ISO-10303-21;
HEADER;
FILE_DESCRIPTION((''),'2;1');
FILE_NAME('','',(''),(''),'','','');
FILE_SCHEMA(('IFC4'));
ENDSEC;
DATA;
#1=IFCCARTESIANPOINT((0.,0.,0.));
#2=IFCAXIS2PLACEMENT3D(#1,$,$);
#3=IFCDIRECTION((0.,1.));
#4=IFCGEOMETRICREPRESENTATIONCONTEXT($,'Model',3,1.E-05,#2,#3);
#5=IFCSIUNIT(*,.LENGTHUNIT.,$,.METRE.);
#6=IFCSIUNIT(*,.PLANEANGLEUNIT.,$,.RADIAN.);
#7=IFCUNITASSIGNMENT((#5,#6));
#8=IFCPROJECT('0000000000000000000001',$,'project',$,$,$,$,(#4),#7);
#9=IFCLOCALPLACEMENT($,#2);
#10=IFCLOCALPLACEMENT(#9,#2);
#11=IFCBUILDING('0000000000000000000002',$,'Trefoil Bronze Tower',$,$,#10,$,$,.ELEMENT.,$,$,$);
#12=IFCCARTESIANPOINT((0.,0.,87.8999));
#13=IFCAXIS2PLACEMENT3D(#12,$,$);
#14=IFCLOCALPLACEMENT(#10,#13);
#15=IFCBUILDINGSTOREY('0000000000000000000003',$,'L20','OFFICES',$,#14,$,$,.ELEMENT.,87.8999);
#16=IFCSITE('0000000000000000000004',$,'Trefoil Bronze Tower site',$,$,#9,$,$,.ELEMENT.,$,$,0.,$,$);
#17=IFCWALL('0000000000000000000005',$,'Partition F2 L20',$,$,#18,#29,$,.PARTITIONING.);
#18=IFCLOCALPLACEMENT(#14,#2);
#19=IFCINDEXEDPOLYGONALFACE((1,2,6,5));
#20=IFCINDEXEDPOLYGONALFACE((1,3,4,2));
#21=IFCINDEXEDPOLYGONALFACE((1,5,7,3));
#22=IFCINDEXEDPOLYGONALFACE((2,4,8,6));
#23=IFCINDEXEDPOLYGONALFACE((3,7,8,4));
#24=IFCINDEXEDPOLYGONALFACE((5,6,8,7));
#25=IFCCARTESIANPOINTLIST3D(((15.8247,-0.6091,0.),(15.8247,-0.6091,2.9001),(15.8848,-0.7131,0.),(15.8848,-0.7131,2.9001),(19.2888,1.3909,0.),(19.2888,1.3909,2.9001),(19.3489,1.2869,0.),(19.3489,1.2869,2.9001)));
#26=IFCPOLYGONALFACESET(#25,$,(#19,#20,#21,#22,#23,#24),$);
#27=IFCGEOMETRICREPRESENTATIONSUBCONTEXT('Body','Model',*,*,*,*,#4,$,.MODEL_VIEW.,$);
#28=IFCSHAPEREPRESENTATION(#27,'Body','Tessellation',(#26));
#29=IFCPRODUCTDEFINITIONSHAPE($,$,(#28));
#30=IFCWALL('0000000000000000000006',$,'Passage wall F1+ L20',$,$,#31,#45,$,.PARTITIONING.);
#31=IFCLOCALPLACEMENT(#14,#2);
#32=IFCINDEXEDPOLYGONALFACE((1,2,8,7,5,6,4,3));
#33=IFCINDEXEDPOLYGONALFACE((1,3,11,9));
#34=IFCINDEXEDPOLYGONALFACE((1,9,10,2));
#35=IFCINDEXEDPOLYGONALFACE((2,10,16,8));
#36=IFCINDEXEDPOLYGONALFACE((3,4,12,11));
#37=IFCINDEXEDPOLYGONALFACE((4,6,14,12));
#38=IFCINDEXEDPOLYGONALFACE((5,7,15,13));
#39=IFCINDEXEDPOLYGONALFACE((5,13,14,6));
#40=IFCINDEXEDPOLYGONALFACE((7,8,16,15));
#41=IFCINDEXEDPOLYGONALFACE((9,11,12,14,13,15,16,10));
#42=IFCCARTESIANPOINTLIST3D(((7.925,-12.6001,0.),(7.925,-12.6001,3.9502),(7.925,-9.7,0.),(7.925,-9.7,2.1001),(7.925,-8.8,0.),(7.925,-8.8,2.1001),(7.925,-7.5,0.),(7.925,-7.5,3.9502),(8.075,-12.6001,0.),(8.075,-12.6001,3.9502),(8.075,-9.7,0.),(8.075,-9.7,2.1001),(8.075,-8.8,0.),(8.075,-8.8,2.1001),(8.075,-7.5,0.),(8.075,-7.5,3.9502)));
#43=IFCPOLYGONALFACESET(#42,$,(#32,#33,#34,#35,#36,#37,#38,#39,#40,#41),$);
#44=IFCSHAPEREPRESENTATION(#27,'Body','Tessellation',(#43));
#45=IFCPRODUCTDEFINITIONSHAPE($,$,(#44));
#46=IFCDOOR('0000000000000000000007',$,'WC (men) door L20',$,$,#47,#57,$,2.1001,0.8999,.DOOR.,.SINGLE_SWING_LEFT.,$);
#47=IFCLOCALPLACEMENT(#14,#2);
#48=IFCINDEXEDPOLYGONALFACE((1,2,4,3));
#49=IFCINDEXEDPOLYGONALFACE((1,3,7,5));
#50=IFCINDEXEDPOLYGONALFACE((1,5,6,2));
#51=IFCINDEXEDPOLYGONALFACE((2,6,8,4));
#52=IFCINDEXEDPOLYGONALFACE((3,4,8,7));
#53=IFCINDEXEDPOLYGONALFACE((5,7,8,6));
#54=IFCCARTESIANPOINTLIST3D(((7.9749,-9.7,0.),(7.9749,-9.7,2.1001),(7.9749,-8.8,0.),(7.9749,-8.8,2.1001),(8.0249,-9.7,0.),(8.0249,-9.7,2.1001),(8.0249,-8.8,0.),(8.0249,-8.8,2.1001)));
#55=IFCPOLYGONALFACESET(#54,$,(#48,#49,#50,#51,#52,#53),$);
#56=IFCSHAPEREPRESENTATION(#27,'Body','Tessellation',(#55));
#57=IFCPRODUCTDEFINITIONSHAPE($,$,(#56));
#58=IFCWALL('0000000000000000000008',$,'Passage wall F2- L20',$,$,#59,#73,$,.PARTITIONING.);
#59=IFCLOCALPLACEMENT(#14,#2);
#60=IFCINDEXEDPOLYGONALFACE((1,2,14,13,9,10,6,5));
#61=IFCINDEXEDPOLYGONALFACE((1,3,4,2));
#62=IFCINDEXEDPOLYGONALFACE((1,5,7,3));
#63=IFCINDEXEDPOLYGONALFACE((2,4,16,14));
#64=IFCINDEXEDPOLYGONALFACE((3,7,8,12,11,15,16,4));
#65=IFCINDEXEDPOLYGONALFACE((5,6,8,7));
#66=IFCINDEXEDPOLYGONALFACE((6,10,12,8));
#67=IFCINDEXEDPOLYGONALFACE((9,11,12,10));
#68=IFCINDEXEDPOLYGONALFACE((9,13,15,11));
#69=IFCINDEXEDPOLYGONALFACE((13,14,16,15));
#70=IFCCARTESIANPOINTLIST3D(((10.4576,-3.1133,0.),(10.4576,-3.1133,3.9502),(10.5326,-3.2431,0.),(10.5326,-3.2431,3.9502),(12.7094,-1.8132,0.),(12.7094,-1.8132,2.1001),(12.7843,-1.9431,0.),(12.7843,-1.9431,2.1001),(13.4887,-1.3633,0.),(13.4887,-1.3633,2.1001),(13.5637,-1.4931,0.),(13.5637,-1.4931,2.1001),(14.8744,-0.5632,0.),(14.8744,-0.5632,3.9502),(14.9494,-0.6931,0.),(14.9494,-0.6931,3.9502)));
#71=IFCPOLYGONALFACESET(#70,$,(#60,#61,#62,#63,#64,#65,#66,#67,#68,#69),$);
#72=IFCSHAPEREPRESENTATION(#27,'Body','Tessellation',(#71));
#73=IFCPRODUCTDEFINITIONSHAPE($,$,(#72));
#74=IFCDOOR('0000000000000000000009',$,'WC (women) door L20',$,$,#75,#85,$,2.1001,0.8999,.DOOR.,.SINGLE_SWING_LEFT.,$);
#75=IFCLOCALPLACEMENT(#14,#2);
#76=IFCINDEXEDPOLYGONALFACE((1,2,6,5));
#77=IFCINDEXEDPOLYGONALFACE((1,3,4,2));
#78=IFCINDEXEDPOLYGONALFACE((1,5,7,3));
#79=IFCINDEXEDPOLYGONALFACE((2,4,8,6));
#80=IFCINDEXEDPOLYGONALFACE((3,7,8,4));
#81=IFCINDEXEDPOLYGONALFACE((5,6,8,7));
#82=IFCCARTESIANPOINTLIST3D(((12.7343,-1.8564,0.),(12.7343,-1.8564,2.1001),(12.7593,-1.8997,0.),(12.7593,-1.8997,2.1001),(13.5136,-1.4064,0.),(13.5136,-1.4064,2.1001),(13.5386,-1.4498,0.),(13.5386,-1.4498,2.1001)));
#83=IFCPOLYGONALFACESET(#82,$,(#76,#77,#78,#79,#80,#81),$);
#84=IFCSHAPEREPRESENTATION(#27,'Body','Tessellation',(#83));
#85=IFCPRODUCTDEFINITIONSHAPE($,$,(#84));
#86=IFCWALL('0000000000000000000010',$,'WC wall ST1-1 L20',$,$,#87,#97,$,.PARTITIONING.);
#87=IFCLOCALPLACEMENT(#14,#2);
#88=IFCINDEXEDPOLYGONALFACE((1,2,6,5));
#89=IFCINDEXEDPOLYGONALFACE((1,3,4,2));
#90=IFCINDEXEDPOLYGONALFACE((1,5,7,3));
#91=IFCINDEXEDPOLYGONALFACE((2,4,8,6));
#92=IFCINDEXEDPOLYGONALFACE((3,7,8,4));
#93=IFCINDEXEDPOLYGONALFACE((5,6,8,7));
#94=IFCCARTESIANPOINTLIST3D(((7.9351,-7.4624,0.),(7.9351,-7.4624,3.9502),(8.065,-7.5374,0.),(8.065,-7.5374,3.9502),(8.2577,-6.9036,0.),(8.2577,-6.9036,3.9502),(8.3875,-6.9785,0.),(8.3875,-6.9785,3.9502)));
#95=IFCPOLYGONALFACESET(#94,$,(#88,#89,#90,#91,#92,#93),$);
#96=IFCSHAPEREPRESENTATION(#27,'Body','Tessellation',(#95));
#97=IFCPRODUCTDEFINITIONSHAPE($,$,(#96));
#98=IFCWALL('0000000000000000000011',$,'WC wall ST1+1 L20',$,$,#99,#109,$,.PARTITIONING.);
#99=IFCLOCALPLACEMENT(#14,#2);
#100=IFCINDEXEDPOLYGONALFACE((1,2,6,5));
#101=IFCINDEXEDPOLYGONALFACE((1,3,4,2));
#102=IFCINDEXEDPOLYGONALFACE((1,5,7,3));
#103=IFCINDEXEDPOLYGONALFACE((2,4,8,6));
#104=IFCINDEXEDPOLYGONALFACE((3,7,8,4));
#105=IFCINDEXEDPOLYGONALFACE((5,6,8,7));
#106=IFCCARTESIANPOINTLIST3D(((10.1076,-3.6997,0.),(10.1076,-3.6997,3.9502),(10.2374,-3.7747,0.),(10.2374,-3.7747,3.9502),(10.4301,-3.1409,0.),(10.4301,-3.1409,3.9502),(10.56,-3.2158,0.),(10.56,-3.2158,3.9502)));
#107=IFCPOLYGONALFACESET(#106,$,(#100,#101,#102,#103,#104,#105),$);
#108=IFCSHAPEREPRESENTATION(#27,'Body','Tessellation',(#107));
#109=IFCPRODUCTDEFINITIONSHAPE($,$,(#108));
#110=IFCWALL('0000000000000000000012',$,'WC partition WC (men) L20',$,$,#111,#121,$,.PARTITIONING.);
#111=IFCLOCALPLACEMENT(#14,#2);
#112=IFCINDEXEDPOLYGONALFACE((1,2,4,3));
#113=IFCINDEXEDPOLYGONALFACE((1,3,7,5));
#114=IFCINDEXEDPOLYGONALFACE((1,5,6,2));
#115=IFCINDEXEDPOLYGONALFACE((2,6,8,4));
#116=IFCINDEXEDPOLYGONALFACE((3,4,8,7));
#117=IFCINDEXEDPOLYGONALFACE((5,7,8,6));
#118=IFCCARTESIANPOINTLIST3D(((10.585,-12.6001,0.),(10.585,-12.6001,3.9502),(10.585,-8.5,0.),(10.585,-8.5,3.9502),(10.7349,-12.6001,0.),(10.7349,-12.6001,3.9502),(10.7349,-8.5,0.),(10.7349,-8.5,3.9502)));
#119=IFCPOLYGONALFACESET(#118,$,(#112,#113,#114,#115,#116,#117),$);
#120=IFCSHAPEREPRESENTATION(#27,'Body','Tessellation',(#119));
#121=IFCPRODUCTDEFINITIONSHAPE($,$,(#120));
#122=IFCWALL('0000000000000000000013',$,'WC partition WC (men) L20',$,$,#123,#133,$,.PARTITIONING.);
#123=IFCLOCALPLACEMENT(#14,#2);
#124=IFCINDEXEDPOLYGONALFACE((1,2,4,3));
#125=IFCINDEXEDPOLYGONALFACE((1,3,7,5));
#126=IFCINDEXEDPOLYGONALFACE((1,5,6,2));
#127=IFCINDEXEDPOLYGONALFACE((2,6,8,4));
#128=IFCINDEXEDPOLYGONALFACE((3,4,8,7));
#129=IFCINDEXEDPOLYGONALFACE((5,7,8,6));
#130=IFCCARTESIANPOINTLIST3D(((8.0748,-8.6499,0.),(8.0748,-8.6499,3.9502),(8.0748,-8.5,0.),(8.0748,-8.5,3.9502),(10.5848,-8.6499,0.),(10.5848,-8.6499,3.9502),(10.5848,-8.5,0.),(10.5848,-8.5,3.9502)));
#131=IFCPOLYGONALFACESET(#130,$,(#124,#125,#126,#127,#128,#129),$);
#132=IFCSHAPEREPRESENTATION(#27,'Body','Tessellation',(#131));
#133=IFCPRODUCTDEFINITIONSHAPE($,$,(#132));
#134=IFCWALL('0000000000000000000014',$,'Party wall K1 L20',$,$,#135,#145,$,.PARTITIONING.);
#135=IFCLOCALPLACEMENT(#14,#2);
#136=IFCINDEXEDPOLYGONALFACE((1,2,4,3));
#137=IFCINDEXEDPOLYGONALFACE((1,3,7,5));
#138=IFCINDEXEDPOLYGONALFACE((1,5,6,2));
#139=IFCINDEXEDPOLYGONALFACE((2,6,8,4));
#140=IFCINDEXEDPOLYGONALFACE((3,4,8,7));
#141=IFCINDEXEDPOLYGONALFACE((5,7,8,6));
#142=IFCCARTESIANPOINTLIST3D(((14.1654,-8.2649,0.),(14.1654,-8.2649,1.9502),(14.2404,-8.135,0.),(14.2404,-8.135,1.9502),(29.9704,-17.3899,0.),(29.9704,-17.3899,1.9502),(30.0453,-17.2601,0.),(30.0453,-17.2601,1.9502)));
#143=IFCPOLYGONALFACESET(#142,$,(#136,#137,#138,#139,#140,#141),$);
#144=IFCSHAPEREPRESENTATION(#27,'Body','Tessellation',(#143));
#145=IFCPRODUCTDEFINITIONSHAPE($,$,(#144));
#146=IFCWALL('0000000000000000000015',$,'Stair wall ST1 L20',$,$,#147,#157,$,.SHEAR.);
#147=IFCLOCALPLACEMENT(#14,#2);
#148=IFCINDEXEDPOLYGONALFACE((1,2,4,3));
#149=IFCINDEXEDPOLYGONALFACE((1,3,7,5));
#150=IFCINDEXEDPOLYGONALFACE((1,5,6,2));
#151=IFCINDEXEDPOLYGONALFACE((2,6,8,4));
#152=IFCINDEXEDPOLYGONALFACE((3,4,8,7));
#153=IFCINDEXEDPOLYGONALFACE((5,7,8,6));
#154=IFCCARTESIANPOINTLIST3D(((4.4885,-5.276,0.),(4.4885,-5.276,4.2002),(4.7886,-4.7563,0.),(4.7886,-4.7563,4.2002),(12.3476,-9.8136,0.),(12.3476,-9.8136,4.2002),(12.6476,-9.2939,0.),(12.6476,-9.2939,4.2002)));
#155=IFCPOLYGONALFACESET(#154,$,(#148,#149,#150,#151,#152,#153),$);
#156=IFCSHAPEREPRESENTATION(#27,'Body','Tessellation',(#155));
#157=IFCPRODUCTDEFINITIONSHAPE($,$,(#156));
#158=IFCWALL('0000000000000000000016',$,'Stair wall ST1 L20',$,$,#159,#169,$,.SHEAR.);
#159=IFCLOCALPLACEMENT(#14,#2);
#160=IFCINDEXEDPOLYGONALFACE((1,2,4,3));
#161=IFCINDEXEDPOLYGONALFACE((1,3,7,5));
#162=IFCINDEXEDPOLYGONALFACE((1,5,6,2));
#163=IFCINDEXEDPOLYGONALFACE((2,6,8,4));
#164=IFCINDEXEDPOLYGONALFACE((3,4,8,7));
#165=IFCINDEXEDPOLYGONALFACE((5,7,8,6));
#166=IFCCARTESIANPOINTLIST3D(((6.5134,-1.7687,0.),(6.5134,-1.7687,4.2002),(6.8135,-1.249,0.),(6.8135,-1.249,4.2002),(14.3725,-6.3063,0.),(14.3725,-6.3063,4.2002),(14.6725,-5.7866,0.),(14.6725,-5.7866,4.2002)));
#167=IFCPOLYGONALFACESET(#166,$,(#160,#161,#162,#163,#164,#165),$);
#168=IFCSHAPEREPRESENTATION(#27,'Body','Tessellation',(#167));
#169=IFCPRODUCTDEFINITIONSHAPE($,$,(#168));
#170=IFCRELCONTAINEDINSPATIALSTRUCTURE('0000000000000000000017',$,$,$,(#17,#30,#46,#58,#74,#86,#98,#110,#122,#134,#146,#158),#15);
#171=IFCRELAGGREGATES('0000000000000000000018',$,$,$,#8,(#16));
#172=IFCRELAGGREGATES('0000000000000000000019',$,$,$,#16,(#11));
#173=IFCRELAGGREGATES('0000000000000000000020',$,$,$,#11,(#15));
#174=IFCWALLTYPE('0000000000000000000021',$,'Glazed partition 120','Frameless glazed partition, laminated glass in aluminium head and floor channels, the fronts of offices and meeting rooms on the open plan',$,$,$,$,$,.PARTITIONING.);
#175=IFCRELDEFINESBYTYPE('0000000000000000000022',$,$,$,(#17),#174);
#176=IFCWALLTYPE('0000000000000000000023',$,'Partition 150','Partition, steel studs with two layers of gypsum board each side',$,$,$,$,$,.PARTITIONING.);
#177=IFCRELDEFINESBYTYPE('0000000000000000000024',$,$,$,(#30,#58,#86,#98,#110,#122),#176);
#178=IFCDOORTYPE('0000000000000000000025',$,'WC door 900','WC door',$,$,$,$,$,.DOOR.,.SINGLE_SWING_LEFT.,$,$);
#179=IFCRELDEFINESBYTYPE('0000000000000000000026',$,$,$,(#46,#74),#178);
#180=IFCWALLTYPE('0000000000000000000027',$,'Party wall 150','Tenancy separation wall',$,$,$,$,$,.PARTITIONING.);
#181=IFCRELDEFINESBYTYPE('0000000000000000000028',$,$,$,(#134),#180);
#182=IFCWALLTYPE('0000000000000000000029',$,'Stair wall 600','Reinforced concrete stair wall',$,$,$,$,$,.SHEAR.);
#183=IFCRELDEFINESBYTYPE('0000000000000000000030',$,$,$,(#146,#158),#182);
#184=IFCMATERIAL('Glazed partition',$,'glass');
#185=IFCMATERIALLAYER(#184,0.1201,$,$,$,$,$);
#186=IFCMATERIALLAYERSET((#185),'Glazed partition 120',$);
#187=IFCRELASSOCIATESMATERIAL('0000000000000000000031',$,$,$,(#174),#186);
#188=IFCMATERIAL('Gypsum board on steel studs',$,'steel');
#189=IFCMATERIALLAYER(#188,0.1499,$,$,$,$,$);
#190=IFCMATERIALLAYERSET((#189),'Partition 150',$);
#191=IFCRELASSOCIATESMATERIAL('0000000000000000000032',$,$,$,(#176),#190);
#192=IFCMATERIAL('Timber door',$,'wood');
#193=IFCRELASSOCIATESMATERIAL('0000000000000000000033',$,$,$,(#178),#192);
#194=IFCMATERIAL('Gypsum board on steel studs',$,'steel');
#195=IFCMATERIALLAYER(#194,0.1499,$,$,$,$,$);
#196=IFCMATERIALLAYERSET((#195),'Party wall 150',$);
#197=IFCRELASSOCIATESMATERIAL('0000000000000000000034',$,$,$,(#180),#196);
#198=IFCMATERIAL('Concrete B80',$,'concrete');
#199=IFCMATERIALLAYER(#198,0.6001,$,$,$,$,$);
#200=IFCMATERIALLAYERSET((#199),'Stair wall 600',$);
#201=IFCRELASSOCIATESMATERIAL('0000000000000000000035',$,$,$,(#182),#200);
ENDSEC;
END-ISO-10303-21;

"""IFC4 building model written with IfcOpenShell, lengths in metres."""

from ifc_helpers import new_model, si_unit, direction, frame, frame_2d, origin, place, context, subcontext, project, spatial, rectangle, extrude, material, layer, layer_set, type_object, element, fill, save


model = new_model("IFC4")

# Units and contexts
model_context = context("Model", 3, precision=1e-05, world=origin(), true_north=direction((0.0, 1.0)))
body_context = subcontext(model_context, "Body", "Model", "MODEL_VIEW")
ifc_project = project(units=[si_unit("LENGTHUNIT", "METRE"), si_unit("PLANEANGLEUNIT", "RADIAN")], contexts=[model_context])

# Site, building, storey
site_placement = place(None, origin())
site = spatial("IfcSite", under=ifc_project, at=site_placement, Name="Trefoil Bronze Tower site", CompositionType="ELEMENT", RefElevation=0.0)
building_placement = place(site_placement, origin())
building = spatial("IfcBuilding", under=site, at=building_placement, Name="Trefoil Bronze Tower", CompositionType="ELEMENT")
storey_placement = place(building_placement, frame((0.0, 0.0, 87.8999)))
storey = spatial("IfcBuildingStorey", under=building, at=storey_placement, Name="L20", Description="OFFICES", CompositionType="ELEMENT", Elevation=87.8999)

# Wall
ifc_material_1 = material(Name="Glazed partition", Category="glass")
ifc_layer_1 = layer(ifc_material_1, 0.1201)
ifc_layer_set_1 = layer_set([ifc_layer_1], Name="Glazed partition 120")
wall_type_1 = type_object("IfcWallType", Name="Glazed partition 120", Description="Frameless glazed partition, laminated glass in aluminium head and floor channels, the fronts of offices and meeting rooms on the open plan", PredefinedType="PARTITIONING", material=ifc_layer_set_1)
for number, where, z_axis, x_axis, name in (
    (1, (15.8547, -0.6611, 0.0), (0.0, 0.0, 1.0), (0.866026, 0.499999, 0.0), "Partition F2 L20"),
):
    element("IfcWall", number, at=place(storey_placement, frame(where, z_axis=z_axis, x_axis=x_axis)), inside=storey, type_object=wall_type_1, Name=name, PredefinedType="PARTITIONING", context=body_context, shape_type="SweptSolid", body=[
        extrude(rectangle(XDim=4.0, YDim=0.1201, at=frame_2d((2.0, 0.0))), origin(), (0.0, 0.0, 1.0), 2.9001),
    ])

# Walls, openings, doors
ifc_material_2 = material(Name="Gypsum board on steel studs", Category="steel")
ifc_layer_2 = layer(ifc_material_2, 0.1499)
ifc_layer_set_2 = layer_set([ifc_layer_2], Name="Partition 150")
wall_type_2 = type_object("IfcWallType", Name="Partition 150", Description="Partition, steel studs with two layers of gypsum board each side", PredefinedType="PARTITIONING", material=ifc_layer_set_2)
wall_1_placement = place(storey_placement, frame((8.0, -7.5, 0.0), z_axis=(0.0, 0.0, 1.0), x_axis=(0.0, -1.0, 0.0)))
wall_1 = element("IfcWall", 2, at=wall_1_placement, inside=storey, type_object=wall_type_2, Name="Passage wall F1+ L20", PredefinedType="PARTITIONING", context=body_context, shape_type="SweptSolid", body=[
    extrude(rectangle(XDim=5.1001, YDim=0.1499, at=frame_2d((2.55, 0.0))), origin(), (0.0, 0.0, 1.0), 3.9502),
])
opening_1_placement = place(wall_1_placement, frame((1.3, 0.0, 0.0)))
opening_1 = element("IfcOpeningElement", 3, at=opening_1_placement, cuts=wall_1, PredefinedType="OPENING", context=body_context, shape_type="SweptSolid", body=[
    extrude(rectangle(XDim=0.8999, YDim=2.1001, at=frame_2d((0.45, 1.05))), frame((0.0, 0.085, 0.0), z_axis=(0.0, -1.0, 0.0), x_axis=(1.0, 0.0, 0.0)), (0.0, 0.0, 1.0), 0.1699),
])
ifc_material_3 = material(Name="Timber door", Category="wood")
door_type_1 = type_object("IfcDoorType", Name="WC door 900", Description="WC door", OperationType="SINGLE_SWING_LEFT", PredefinedType="DOOR", material=ifc_material_3)
door_1_placement = place(opening_1_placement, origin())
door_1 = element("IfcDoor", 4, at=door_1_placement, inside=storey, type_object=door_type_1, Name="WC (men) door L20", OperationType="SINGLE_SWING_LEFT", OverallHeight=2.1001, OverallWidth=0.8999, PredefinedType="DOOR", context=body_context, shape_type="SweptSolid", body=[
    extrude(rectangle(XDim=0.8999, YDim=2.1001, at=frame_2d((0.45, 1.05))), frame((0.0, 0.0249, 0.0), z_axis=(0.0, -1.0, 0.0), x_axis=(1.0, 0.0, 0.0)), (0.0, 0.0, 1.0), 0.05),
])
fill(opening_1, door_1)
wall_2_placement = place(storey_placement, frame((10.4951, -3.1782, 0.0), z_axis=(0.0, 0.0, 1.0), x_axis=(0.866022, 0.500006, 0.0)))
wall_2 = element("IfcWall", 5, at=wall_2_placement, inside=storey, type_object=wall_type_2, Name="Passage wall F2- L20", PredefinedType="PARTITIONING", context=body_context, shape_type="SweptSolid", body=[
    extrude(rectangle(XDim=5.1001, YDim=0.1499, at=frame_2d((2.55, 0.0))), origin(), (0.0, 0.0, 1.0), 3.9502),
])
opening_2_placement = place(wall_2_placement, frame((2.6001, 0.0, 0.0)))
opening_2 = element("IfcOpeningElement", 6, at=opening_2_placement, cuts=wall_2, PredefinedType="OPENING", context=body_context, shape_type="SweptSolid", body=[
    extrude(rectangle(XDim=0.8999, YDim=2.1001, at=frame_2d((0.45, 1.05))), frame((0.0, 0.085, 0.0), z_axis=(0.0, -1.0, 0.0), x_axis=(1.0, 0.0, 0.0)), (0.0, 0.0, 1.0), 0.1699),
])
door_2_placement = place(opening_2_placement, frame((0.8999, 0.0, 0.0), z_axis=(0.0, 0.0, 1.0), x_axis=(-1.0, 0.0, 0.0)))
door_2 = element("IfcDoor", 7, at=door_2_placement, inside=storey, type_object=door_type_1, Name="WC (women) door L20", OperationType="SINGLE_SWING_LEFT", OverallHeight=2.1001, OverallWidth=0.8999, PredefinedType="DOOR", context=body_context, shape_type="SweptSolid", body=[
    extrude(rectangle(XDim=0.8999, YDim=2.1001, at=frame_2d((0.45, 1.05))), frame((0.0, 0.0249, 0.0), z_axis=(0.0, -1.0, 0.0), x_axis=(1.0, 0.0, 0.0)), (0.0, 0.0, 1.0), 0.05),
])
fill(opening_2, door_2)

# Walls
for number, where, z_axis, x_axis, name in (
    (8, (8.0, -7.5, 0.0), (0.0, 0.0, 1.0), (0.499843, 0.866116, 0.0), "WC wall ST1-1 L20"),
    (9, (10.4951, -3.1782, 0.0), (0.0, 0.0, 1.0), (-0.499843, -0.866116, 0.0), "WC wall ST1+1 L20"),
):
    element("IfcWall", number, at=place(storey_placement, frame(where, z_axis=z_axis, x_axis=x_axis)), inside=storey, type_object=wall_type_2, Name=name, PredefinedType="PARTITIONING", context=body_context, shape_type="SweptSolid", body=[
        extrude(rectangle(XDim=0.6453, YDim=0.1499, at=frame_2d((0.3228, 0.0))), origin(), (0.0, 0.0, 1.0), 3.9502),
    ])
wall_3_placement = place(storey_placement, frame((10.6599, -8.5, 0.0), z_axis=(0.0, 0.0, 1.0), x_axis=(0.0, -1.0, 0.0)))
element("IfcWall", 10, at=wall_3_placement, inside=storey, type_object=wall_type_2, Name="WC partition WC (men) L20", PredefinedType="PARTITIONING", context=body_context, shape_type="SweptSolid", body=[
    extrude(rectangle(XDim=4.1001, YDim=0.1499, at=frame_2d((2.05, 0.0))), origin(), (0.0, 0.0, 1.0), 3.9502),
])
wall_4_placement = place(storey_placement, frame((8.075, -8.575, 0.0), z_axis=(0.0, 0.0, 1.0), x_axis=(1.0, 0.0, 0.0)))
element("IfcWall", 11, at=wall_4_placement, inside=storey, type_object=wall_type_2, Name="WC partition WC (men) L20", PredefinedType="PARTITIONING", context=body_context, shape_type="SweptSolid", body=[
    extrude(rectangle(XDim=2.51, YDim=0.1499, at=frame_2d((1.2549, 0.0))), origin(), (0.0, 0.0, 1.0), 3.9502),
])
ifc_material_4 = material(Name="Gypsum board on steel studs", Category="steel")
ifc_layer_3 = layer(ifc_material_4, 0.1499)
ifc_layer_set_3 = layer_set([ifc_layer_3], Name="Party wall 150")
wall_type_3 = type_object("IfcWallType", Name="Party wall 150", Description="Tenancy separation wall", PredefinedType="PARTITIONING", material=ifc_layer_set_3)
wall_5_placement = place(storey_placement, frame((14.2029, -8.2, 0.0), z_axis=(0.0, 0.0, 1.0), x_axis=(0.866025, -0.500001, 0.0)))
element("IfcWall", 12, at=wall_5_placement, inside=storey, type_object=wall_type_3, Name="Party wall K1 L20", PredefinedType="PARTITIONING", context=body_context, shape_type="SweptSolid", body=[
    extrude(rectangle(XDim=18.25, YDim=0.1499, at=frame_2d((9.125, 0.0))), origin(), (0.0, 0.0, 1.0), 1.9502),
])
ifc_material_5 = material(Name="Concrete B80", Category="concrete")
ifc_layer_4 = layer(ifc_material_5, 0.6001)
ifc_layer_set_4 = layer_set([ifc_layer_4], Name="Stair wall 600")
wall_type_4 = type_object("IfcWallType", Name="Stair wall 600", Description="Reinforced concrete stair wall", PredefinedType="SHEAR", material=ifc_layer_set_4)
for number, where, z_axis, x_axis, name in (
    (13, (4.6384, -5.0161, 0.0), (0.0, 0.0, 1.0), (0.866019, -0.50001, 0.0), "Stair wall ST1 L20"),
    (14, (6.6633, -1.5088, 0.0), (0.0, 0.0, 1.0), (0.866019, -0.50001, 0.0), "Stair wall ST1 L20"),
):
    element("IfcWall", number, at=place(storey_placement, frame(where, z_axis=z_axis, x_axis=x_axis)), inside=storey, type_object=wall_type_4, Name=name, PredefinedType="SHEAR", context=body_context, shape_type="SweptSolid", body=[
        extrude(rectangle(XDim=9.075, YDim=0.6001, at=frame_2d((4.5376, 0.0))), origin(), (0.0, 0.0, 1.0), 4.2002),
    ])

save(model, "model.ifc")
